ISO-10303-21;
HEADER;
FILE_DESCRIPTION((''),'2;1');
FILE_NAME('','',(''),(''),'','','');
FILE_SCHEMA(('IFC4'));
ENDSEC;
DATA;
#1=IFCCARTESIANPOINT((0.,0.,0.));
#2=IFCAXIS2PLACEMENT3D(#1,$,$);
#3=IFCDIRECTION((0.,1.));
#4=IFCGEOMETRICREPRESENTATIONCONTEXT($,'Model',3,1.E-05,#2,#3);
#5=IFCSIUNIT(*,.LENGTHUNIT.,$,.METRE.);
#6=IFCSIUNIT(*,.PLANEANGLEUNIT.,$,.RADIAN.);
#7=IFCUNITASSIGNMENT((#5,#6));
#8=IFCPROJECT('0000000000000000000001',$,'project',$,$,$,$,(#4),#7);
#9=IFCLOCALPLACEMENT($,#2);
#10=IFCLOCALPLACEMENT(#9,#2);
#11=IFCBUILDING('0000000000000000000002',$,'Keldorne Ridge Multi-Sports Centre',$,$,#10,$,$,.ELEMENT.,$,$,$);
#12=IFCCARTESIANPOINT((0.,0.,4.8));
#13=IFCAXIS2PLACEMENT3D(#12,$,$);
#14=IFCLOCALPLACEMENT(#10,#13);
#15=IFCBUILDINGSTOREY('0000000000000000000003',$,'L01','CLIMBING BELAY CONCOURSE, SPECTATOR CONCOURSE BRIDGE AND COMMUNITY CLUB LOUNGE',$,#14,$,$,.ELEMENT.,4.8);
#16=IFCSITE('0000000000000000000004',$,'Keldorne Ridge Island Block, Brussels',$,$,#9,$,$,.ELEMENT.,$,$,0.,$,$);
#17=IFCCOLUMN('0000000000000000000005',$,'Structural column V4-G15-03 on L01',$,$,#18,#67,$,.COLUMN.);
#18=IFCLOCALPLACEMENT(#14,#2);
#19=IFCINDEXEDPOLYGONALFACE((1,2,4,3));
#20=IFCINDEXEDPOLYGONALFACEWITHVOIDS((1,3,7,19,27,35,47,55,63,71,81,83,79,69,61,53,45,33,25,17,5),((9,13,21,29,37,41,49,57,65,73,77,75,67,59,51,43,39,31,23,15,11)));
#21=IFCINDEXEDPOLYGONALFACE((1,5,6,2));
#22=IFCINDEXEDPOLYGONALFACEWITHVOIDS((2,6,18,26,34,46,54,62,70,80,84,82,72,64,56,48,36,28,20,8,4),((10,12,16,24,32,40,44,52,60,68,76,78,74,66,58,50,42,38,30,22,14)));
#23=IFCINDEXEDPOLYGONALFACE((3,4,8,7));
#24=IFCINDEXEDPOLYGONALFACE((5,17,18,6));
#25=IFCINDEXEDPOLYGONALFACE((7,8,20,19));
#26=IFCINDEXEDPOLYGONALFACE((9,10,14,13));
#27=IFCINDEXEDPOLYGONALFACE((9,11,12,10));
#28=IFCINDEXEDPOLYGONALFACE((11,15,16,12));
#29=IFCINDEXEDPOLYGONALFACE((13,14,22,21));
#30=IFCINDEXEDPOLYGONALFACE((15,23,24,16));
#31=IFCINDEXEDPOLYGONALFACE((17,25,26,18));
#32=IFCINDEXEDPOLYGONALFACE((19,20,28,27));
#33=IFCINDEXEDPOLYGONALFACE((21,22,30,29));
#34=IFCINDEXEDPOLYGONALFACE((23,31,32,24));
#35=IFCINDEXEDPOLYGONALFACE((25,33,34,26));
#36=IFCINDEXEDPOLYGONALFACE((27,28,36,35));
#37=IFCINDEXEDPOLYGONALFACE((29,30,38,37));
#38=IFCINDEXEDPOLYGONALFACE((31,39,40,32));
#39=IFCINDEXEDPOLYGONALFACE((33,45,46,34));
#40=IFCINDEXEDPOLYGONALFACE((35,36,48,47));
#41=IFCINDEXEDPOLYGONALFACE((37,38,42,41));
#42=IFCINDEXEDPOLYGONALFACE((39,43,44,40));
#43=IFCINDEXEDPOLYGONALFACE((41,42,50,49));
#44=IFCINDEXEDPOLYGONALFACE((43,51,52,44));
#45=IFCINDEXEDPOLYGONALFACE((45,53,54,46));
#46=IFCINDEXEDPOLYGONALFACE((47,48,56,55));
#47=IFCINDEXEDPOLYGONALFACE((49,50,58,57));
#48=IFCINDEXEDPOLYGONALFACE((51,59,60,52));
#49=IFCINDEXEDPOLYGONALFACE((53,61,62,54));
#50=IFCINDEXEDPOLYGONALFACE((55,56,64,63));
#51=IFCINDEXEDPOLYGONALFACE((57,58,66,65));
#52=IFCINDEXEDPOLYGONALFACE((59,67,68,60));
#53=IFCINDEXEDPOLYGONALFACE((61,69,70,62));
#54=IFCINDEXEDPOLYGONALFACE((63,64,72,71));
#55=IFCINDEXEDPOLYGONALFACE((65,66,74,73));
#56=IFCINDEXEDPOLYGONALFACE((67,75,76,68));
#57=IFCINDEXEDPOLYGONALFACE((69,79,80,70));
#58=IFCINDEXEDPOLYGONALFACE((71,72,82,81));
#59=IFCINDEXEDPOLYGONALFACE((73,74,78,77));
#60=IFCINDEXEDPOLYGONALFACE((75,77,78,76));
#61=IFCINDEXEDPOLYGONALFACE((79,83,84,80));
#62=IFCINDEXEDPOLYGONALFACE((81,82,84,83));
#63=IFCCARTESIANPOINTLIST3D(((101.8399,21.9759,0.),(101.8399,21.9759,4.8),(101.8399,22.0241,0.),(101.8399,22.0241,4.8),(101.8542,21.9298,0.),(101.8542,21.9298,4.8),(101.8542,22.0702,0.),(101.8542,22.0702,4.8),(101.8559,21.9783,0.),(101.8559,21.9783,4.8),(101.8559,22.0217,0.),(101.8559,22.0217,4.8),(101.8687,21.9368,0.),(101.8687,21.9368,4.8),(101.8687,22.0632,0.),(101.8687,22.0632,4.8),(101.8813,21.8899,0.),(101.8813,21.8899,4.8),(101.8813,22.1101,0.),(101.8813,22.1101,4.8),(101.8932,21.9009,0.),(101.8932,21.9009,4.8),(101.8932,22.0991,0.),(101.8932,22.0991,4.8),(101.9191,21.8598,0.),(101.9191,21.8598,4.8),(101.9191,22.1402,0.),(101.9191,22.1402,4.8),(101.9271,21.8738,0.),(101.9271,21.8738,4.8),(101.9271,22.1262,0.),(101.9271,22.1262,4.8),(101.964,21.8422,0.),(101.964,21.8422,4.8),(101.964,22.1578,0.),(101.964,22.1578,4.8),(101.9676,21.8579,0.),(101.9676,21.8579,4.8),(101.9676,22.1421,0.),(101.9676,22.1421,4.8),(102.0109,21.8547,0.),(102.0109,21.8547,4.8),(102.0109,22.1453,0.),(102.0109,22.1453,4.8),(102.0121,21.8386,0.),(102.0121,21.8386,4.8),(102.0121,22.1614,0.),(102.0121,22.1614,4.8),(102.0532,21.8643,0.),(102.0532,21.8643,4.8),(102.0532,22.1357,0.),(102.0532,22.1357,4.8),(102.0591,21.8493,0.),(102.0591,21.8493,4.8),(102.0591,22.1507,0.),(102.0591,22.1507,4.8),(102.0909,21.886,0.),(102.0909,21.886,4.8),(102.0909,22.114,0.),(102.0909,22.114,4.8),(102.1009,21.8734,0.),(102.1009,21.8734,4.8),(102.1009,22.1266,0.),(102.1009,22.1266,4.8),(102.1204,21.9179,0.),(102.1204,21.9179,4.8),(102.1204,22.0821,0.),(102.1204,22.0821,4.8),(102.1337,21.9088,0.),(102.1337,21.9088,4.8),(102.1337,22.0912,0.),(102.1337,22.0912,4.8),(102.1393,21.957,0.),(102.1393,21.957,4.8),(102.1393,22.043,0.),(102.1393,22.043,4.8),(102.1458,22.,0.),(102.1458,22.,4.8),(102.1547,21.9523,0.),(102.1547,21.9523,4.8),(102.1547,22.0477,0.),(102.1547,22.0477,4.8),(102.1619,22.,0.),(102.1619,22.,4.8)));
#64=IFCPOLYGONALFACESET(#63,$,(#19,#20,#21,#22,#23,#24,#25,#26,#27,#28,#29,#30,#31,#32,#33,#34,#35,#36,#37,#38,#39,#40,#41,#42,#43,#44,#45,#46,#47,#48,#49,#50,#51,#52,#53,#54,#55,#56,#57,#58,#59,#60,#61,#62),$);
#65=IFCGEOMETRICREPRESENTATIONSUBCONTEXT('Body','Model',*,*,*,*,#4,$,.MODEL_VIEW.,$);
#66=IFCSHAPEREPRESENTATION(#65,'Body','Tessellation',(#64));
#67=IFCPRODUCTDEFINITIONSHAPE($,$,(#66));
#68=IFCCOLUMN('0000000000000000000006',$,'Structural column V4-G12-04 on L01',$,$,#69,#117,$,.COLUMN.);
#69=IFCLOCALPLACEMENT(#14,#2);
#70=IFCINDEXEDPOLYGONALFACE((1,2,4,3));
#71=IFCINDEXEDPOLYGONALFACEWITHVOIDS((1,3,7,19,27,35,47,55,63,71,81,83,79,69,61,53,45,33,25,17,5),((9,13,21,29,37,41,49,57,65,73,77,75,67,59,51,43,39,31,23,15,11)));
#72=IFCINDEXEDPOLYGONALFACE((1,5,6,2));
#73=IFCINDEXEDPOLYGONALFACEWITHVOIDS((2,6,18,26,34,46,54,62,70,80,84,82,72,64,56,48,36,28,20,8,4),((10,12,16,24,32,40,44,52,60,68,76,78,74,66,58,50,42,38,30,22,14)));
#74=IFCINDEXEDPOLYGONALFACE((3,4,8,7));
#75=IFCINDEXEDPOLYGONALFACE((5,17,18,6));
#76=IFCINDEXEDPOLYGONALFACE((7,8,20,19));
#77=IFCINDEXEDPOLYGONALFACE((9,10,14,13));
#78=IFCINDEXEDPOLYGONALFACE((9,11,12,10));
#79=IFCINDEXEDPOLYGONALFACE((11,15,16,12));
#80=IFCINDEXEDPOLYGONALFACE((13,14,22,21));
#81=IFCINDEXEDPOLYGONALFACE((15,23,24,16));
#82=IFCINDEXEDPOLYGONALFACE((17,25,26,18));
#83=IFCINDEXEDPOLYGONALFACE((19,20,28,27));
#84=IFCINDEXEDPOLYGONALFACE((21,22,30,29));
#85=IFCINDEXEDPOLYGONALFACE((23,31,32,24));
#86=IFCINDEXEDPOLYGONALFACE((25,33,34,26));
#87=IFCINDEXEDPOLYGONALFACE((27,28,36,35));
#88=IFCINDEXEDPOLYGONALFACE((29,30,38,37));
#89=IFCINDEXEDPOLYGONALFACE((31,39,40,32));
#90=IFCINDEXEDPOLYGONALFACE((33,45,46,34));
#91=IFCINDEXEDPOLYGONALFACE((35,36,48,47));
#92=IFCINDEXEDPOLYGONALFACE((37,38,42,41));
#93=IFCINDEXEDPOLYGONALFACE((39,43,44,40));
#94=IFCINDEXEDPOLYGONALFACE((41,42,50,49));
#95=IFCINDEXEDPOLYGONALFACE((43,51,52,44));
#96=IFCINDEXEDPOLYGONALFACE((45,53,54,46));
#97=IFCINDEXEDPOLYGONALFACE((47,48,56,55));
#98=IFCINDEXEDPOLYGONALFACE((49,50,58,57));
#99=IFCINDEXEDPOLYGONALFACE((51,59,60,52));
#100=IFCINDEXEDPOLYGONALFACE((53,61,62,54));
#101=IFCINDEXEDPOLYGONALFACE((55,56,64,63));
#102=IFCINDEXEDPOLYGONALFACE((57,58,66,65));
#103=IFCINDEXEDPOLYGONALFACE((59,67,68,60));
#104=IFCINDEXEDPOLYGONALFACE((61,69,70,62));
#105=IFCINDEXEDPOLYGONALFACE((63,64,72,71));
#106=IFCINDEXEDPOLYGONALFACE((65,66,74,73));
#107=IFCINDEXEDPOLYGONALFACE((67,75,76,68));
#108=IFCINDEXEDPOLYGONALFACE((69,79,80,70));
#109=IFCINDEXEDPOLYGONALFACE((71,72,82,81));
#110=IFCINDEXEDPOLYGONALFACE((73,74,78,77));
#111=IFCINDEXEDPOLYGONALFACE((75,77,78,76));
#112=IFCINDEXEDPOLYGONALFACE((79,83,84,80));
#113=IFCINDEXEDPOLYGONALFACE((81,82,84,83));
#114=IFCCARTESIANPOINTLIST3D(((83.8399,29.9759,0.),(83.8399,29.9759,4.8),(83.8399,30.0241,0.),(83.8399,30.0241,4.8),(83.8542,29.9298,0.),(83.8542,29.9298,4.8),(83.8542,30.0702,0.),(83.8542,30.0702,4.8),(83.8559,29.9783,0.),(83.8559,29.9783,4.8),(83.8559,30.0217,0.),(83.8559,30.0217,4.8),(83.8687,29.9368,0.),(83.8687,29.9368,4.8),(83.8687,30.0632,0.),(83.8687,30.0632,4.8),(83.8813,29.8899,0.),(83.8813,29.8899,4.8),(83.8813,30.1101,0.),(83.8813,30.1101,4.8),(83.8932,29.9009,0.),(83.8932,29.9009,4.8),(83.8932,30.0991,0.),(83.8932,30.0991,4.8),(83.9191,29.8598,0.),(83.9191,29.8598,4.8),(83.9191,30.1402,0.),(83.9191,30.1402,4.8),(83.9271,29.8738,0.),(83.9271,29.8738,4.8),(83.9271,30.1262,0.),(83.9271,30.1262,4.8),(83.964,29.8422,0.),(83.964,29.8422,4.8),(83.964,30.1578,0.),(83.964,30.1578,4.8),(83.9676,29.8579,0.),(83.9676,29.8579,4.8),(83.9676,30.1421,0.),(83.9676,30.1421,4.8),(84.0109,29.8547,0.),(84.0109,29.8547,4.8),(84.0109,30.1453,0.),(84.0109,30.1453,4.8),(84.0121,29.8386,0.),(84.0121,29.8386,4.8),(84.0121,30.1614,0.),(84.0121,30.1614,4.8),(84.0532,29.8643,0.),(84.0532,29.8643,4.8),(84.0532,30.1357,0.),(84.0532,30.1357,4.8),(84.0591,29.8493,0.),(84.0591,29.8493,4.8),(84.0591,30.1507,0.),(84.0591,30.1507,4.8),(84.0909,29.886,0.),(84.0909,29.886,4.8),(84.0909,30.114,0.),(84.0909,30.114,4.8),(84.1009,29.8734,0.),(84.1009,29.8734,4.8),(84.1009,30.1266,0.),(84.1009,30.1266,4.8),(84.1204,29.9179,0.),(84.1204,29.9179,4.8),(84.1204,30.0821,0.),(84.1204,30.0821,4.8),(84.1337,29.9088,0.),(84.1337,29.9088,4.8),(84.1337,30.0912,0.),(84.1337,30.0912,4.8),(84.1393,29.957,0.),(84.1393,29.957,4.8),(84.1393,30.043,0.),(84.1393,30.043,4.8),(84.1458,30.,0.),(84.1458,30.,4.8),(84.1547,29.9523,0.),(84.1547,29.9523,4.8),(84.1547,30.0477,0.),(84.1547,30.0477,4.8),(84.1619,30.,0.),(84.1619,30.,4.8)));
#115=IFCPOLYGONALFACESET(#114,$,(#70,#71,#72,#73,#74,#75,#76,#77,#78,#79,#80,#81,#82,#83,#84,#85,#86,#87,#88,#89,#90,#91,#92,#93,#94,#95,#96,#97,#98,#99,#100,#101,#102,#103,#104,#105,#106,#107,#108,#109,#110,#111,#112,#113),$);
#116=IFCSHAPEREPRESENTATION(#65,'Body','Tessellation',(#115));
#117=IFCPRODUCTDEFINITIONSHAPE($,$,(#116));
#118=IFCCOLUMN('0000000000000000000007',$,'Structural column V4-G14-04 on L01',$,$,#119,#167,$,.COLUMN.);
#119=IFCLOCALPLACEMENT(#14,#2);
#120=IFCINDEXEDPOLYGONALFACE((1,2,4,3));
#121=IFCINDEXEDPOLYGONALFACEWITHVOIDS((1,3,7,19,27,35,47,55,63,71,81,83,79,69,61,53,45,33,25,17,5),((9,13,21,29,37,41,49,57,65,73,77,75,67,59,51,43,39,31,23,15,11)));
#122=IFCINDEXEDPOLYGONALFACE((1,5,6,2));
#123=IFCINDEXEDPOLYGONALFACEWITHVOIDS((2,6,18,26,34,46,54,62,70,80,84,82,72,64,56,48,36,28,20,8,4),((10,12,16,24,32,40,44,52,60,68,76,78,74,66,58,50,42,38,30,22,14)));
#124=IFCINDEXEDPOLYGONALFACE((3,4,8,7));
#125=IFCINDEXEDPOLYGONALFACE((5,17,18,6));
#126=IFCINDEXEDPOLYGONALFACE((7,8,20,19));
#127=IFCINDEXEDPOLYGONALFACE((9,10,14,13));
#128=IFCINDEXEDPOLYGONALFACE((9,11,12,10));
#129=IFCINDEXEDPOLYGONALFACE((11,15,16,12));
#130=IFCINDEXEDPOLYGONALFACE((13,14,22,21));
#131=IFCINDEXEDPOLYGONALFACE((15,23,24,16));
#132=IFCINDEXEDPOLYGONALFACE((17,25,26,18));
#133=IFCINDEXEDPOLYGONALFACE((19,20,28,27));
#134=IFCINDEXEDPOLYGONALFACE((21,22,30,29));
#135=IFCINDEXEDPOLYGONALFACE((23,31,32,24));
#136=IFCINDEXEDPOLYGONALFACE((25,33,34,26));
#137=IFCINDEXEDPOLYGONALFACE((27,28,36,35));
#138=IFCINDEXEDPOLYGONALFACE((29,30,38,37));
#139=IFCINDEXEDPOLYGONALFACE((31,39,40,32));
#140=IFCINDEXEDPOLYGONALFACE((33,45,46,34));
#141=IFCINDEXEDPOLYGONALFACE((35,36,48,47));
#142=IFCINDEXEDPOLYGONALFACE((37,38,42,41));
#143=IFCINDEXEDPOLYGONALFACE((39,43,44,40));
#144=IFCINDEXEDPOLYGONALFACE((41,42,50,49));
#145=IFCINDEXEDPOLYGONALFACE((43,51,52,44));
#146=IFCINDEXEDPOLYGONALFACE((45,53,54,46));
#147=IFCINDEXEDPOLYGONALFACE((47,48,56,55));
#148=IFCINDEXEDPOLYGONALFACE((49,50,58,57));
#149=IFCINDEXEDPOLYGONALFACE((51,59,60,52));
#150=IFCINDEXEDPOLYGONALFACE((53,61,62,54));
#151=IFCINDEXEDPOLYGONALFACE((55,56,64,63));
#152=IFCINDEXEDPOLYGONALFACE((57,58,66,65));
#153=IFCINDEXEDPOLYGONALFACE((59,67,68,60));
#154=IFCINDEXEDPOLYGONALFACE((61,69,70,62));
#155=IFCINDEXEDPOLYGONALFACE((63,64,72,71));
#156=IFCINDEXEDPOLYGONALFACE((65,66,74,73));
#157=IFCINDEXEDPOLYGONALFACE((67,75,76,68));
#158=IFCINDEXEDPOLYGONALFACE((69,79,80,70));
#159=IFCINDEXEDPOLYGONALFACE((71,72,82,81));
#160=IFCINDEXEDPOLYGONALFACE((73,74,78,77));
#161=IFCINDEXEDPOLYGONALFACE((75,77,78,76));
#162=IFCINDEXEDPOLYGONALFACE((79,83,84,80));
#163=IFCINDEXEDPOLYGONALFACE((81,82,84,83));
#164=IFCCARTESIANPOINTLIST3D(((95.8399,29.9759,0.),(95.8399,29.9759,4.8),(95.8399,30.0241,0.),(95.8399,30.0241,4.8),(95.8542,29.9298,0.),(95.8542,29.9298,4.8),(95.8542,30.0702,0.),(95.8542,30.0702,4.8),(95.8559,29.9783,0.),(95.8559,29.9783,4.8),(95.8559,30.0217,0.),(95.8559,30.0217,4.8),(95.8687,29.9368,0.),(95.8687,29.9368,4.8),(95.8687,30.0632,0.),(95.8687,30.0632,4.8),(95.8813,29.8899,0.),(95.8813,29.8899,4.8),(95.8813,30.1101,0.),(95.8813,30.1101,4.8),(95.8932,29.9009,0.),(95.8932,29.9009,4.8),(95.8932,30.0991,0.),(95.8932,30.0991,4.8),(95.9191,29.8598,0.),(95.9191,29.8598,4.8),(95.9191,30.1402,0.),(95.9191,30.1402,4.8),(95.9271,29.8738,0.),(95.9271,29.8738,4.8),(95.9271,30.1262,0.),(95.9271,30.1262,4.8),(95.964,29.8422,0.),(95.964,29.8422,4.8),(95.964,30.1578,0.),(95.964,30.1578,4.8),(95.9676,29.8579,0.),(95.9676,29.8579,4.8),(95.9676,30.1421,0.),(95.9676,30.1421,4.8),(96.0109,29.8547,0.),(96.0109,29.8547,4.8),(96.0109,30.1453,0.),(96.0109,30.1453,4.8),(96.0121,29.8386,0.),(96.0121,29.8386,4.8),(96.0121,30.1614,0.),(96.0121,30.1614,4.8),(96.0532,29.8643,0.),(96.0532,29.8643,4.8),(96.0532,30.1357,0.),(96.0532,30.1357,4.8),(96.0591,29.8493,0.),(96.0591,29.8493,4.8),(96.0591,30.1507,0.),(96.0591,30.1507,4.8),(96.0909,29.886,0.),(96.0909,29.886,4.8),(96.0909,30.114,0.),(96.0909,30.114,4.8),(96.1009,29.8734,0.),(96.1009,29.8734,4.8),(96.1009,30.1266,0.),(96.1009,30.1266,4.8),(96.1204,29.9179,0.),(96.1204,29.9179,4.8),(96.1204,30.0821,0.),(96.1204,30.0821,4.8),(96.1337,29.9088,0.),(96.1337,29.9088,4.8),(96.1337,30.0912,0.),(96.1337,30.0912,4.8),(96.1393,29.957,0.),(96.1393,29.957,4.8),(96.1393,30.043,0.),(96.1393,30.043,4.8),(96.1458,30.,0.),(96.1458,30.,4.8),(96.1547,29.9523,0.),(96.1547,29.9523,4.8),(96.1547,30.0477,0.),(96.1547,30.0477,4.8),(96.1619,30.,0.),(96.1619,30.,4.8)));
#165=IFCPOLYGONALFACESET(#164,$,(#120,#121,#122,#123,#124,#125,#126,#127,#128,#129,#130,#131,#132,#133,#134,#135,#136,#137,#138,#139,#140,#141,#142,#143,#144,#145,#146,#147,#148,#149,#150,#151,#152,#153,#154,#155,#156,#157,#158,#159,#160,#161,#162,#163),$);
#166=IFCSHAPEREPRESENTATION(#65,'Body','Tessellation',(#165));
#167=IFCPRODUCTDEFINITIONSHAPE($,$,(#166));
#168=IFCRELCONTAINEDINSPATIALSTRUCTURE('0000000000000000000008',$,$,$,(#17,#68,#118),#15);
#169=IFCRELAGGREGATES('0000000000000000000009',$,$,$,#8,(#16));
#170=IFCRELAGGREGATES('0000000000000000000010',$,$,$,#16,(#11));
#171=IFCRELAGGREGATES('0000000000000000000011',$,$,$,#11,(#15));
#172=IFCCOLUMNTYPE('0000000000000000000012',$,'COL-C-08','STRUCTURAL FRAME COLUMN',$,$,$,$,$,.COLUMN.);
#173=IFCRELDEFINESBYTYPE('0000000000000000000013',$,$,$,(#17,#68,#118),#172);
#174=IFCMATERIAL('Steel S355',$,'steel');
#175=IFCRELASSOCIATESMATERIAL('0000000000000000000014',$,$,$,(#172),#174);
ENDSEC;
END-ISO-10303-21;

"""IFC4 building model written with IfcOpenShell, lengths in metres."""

from ifc_helpers import new_model, si_unit, direction, frame, origin, origin_2d, place, context, subcontext, project, spatial, hollow_circle, extrude, material, material_profile, profile_set, type_object, element, save


model = new_model("IFC4")

# Units and contexts
model_context = context("Model", 3, precision=1e-05, world=origin(), true_north=direction((0.0, 1.0)))
body_context = subcontext(model_context, "Body", "Model", "MODEL_VIEW")
ifc_project = project(units=[si_unit("LENGTHUNIT", "METRE"), si_unit("PLANEANGLEUNIT", "RADIAN")], contexts=[model_context])

# Site, building, storey
site_placement = place(None, origin())
site = spatial("IfcSite", under=ifc_project, at=site_placement, Name="Keldorne Ridge Island Block, Brussels", CompositionType="ELEMENT", RefElevation=0.0)
building_placement = place(site_placement, origin())
building = spatial("IfcBuilding", under=site, at=building_placement, Name="Keldorne Ridge Multi-Sports Centre", CompositionType="ELEMENT")
storey_placement = place(building_placement, frame((0.0, 0.0, 4.8)))
storey = spatial("IfcBuildingStorey", under=building, at=storey_placement, Name="L01", Description="CLIMBING BELAY CONCOURSE, SPECTATOR CONCOURSE BRIDGE AND COMMUNITY CLUB LOUNGE", CompositionType="ELEMENT", Elevation=4.8)

# Columns
ifc_material_1 = material(Name="Steel S355", Category="steel")
ifc_material_profile_1 = material_profile(ifc_material_1, hollow_circle(Radius=0.1619, WallThickness=0.0161, at=origin_2d()), Name="CHS 323.9x16")
ifc_profile_set_1 = profile_set([ifc_material_profile_1], Name="Steel S355")
column_type_1 = type_object("IfcColumnType", Name="COL-C-08", Description="STRUCTURAL FRAME COLUMN", PredefinedType="COLUMN", material=ifc_profile_set_1)
for number, where, z_axis, x_axis, name in (
    (1, (102.0, 22.0, 0.0), (0.0, 0.0, 1.0), (1.0, 0.0, 0.0), "Structural column V4-G15-03 on L01"),
    (2, (84.0, 30.0, 0.0), (0.0, 0.0, 1.0), (1.0, 0.0, 0.0), "Structural column V4-G12-04 on L01"),
    (3, (96.0, 30.0, 0.0), (0.0, 0.0, 1.0), (1.0, 0.0, 0.0), "Structural column V4-G14-04 on L01"),
):
    element("IfcColumn", number, at=place(storey_placement, frame(where, z_axis=z_axis, x_axis=x_axis)), inside=storey, type_object=column_type_1, Name=name, PredefinedType="COLUMN", context=body_context, shape_type="SweptSolid", body=[
        extrude(hollow_circle(Radius=0.1619, WallThickness=0.0161, at=origin_2d()), origin(), (0.0, 0.0, 1.0), 4.8),
    ])

save(model, "model.ifc")
